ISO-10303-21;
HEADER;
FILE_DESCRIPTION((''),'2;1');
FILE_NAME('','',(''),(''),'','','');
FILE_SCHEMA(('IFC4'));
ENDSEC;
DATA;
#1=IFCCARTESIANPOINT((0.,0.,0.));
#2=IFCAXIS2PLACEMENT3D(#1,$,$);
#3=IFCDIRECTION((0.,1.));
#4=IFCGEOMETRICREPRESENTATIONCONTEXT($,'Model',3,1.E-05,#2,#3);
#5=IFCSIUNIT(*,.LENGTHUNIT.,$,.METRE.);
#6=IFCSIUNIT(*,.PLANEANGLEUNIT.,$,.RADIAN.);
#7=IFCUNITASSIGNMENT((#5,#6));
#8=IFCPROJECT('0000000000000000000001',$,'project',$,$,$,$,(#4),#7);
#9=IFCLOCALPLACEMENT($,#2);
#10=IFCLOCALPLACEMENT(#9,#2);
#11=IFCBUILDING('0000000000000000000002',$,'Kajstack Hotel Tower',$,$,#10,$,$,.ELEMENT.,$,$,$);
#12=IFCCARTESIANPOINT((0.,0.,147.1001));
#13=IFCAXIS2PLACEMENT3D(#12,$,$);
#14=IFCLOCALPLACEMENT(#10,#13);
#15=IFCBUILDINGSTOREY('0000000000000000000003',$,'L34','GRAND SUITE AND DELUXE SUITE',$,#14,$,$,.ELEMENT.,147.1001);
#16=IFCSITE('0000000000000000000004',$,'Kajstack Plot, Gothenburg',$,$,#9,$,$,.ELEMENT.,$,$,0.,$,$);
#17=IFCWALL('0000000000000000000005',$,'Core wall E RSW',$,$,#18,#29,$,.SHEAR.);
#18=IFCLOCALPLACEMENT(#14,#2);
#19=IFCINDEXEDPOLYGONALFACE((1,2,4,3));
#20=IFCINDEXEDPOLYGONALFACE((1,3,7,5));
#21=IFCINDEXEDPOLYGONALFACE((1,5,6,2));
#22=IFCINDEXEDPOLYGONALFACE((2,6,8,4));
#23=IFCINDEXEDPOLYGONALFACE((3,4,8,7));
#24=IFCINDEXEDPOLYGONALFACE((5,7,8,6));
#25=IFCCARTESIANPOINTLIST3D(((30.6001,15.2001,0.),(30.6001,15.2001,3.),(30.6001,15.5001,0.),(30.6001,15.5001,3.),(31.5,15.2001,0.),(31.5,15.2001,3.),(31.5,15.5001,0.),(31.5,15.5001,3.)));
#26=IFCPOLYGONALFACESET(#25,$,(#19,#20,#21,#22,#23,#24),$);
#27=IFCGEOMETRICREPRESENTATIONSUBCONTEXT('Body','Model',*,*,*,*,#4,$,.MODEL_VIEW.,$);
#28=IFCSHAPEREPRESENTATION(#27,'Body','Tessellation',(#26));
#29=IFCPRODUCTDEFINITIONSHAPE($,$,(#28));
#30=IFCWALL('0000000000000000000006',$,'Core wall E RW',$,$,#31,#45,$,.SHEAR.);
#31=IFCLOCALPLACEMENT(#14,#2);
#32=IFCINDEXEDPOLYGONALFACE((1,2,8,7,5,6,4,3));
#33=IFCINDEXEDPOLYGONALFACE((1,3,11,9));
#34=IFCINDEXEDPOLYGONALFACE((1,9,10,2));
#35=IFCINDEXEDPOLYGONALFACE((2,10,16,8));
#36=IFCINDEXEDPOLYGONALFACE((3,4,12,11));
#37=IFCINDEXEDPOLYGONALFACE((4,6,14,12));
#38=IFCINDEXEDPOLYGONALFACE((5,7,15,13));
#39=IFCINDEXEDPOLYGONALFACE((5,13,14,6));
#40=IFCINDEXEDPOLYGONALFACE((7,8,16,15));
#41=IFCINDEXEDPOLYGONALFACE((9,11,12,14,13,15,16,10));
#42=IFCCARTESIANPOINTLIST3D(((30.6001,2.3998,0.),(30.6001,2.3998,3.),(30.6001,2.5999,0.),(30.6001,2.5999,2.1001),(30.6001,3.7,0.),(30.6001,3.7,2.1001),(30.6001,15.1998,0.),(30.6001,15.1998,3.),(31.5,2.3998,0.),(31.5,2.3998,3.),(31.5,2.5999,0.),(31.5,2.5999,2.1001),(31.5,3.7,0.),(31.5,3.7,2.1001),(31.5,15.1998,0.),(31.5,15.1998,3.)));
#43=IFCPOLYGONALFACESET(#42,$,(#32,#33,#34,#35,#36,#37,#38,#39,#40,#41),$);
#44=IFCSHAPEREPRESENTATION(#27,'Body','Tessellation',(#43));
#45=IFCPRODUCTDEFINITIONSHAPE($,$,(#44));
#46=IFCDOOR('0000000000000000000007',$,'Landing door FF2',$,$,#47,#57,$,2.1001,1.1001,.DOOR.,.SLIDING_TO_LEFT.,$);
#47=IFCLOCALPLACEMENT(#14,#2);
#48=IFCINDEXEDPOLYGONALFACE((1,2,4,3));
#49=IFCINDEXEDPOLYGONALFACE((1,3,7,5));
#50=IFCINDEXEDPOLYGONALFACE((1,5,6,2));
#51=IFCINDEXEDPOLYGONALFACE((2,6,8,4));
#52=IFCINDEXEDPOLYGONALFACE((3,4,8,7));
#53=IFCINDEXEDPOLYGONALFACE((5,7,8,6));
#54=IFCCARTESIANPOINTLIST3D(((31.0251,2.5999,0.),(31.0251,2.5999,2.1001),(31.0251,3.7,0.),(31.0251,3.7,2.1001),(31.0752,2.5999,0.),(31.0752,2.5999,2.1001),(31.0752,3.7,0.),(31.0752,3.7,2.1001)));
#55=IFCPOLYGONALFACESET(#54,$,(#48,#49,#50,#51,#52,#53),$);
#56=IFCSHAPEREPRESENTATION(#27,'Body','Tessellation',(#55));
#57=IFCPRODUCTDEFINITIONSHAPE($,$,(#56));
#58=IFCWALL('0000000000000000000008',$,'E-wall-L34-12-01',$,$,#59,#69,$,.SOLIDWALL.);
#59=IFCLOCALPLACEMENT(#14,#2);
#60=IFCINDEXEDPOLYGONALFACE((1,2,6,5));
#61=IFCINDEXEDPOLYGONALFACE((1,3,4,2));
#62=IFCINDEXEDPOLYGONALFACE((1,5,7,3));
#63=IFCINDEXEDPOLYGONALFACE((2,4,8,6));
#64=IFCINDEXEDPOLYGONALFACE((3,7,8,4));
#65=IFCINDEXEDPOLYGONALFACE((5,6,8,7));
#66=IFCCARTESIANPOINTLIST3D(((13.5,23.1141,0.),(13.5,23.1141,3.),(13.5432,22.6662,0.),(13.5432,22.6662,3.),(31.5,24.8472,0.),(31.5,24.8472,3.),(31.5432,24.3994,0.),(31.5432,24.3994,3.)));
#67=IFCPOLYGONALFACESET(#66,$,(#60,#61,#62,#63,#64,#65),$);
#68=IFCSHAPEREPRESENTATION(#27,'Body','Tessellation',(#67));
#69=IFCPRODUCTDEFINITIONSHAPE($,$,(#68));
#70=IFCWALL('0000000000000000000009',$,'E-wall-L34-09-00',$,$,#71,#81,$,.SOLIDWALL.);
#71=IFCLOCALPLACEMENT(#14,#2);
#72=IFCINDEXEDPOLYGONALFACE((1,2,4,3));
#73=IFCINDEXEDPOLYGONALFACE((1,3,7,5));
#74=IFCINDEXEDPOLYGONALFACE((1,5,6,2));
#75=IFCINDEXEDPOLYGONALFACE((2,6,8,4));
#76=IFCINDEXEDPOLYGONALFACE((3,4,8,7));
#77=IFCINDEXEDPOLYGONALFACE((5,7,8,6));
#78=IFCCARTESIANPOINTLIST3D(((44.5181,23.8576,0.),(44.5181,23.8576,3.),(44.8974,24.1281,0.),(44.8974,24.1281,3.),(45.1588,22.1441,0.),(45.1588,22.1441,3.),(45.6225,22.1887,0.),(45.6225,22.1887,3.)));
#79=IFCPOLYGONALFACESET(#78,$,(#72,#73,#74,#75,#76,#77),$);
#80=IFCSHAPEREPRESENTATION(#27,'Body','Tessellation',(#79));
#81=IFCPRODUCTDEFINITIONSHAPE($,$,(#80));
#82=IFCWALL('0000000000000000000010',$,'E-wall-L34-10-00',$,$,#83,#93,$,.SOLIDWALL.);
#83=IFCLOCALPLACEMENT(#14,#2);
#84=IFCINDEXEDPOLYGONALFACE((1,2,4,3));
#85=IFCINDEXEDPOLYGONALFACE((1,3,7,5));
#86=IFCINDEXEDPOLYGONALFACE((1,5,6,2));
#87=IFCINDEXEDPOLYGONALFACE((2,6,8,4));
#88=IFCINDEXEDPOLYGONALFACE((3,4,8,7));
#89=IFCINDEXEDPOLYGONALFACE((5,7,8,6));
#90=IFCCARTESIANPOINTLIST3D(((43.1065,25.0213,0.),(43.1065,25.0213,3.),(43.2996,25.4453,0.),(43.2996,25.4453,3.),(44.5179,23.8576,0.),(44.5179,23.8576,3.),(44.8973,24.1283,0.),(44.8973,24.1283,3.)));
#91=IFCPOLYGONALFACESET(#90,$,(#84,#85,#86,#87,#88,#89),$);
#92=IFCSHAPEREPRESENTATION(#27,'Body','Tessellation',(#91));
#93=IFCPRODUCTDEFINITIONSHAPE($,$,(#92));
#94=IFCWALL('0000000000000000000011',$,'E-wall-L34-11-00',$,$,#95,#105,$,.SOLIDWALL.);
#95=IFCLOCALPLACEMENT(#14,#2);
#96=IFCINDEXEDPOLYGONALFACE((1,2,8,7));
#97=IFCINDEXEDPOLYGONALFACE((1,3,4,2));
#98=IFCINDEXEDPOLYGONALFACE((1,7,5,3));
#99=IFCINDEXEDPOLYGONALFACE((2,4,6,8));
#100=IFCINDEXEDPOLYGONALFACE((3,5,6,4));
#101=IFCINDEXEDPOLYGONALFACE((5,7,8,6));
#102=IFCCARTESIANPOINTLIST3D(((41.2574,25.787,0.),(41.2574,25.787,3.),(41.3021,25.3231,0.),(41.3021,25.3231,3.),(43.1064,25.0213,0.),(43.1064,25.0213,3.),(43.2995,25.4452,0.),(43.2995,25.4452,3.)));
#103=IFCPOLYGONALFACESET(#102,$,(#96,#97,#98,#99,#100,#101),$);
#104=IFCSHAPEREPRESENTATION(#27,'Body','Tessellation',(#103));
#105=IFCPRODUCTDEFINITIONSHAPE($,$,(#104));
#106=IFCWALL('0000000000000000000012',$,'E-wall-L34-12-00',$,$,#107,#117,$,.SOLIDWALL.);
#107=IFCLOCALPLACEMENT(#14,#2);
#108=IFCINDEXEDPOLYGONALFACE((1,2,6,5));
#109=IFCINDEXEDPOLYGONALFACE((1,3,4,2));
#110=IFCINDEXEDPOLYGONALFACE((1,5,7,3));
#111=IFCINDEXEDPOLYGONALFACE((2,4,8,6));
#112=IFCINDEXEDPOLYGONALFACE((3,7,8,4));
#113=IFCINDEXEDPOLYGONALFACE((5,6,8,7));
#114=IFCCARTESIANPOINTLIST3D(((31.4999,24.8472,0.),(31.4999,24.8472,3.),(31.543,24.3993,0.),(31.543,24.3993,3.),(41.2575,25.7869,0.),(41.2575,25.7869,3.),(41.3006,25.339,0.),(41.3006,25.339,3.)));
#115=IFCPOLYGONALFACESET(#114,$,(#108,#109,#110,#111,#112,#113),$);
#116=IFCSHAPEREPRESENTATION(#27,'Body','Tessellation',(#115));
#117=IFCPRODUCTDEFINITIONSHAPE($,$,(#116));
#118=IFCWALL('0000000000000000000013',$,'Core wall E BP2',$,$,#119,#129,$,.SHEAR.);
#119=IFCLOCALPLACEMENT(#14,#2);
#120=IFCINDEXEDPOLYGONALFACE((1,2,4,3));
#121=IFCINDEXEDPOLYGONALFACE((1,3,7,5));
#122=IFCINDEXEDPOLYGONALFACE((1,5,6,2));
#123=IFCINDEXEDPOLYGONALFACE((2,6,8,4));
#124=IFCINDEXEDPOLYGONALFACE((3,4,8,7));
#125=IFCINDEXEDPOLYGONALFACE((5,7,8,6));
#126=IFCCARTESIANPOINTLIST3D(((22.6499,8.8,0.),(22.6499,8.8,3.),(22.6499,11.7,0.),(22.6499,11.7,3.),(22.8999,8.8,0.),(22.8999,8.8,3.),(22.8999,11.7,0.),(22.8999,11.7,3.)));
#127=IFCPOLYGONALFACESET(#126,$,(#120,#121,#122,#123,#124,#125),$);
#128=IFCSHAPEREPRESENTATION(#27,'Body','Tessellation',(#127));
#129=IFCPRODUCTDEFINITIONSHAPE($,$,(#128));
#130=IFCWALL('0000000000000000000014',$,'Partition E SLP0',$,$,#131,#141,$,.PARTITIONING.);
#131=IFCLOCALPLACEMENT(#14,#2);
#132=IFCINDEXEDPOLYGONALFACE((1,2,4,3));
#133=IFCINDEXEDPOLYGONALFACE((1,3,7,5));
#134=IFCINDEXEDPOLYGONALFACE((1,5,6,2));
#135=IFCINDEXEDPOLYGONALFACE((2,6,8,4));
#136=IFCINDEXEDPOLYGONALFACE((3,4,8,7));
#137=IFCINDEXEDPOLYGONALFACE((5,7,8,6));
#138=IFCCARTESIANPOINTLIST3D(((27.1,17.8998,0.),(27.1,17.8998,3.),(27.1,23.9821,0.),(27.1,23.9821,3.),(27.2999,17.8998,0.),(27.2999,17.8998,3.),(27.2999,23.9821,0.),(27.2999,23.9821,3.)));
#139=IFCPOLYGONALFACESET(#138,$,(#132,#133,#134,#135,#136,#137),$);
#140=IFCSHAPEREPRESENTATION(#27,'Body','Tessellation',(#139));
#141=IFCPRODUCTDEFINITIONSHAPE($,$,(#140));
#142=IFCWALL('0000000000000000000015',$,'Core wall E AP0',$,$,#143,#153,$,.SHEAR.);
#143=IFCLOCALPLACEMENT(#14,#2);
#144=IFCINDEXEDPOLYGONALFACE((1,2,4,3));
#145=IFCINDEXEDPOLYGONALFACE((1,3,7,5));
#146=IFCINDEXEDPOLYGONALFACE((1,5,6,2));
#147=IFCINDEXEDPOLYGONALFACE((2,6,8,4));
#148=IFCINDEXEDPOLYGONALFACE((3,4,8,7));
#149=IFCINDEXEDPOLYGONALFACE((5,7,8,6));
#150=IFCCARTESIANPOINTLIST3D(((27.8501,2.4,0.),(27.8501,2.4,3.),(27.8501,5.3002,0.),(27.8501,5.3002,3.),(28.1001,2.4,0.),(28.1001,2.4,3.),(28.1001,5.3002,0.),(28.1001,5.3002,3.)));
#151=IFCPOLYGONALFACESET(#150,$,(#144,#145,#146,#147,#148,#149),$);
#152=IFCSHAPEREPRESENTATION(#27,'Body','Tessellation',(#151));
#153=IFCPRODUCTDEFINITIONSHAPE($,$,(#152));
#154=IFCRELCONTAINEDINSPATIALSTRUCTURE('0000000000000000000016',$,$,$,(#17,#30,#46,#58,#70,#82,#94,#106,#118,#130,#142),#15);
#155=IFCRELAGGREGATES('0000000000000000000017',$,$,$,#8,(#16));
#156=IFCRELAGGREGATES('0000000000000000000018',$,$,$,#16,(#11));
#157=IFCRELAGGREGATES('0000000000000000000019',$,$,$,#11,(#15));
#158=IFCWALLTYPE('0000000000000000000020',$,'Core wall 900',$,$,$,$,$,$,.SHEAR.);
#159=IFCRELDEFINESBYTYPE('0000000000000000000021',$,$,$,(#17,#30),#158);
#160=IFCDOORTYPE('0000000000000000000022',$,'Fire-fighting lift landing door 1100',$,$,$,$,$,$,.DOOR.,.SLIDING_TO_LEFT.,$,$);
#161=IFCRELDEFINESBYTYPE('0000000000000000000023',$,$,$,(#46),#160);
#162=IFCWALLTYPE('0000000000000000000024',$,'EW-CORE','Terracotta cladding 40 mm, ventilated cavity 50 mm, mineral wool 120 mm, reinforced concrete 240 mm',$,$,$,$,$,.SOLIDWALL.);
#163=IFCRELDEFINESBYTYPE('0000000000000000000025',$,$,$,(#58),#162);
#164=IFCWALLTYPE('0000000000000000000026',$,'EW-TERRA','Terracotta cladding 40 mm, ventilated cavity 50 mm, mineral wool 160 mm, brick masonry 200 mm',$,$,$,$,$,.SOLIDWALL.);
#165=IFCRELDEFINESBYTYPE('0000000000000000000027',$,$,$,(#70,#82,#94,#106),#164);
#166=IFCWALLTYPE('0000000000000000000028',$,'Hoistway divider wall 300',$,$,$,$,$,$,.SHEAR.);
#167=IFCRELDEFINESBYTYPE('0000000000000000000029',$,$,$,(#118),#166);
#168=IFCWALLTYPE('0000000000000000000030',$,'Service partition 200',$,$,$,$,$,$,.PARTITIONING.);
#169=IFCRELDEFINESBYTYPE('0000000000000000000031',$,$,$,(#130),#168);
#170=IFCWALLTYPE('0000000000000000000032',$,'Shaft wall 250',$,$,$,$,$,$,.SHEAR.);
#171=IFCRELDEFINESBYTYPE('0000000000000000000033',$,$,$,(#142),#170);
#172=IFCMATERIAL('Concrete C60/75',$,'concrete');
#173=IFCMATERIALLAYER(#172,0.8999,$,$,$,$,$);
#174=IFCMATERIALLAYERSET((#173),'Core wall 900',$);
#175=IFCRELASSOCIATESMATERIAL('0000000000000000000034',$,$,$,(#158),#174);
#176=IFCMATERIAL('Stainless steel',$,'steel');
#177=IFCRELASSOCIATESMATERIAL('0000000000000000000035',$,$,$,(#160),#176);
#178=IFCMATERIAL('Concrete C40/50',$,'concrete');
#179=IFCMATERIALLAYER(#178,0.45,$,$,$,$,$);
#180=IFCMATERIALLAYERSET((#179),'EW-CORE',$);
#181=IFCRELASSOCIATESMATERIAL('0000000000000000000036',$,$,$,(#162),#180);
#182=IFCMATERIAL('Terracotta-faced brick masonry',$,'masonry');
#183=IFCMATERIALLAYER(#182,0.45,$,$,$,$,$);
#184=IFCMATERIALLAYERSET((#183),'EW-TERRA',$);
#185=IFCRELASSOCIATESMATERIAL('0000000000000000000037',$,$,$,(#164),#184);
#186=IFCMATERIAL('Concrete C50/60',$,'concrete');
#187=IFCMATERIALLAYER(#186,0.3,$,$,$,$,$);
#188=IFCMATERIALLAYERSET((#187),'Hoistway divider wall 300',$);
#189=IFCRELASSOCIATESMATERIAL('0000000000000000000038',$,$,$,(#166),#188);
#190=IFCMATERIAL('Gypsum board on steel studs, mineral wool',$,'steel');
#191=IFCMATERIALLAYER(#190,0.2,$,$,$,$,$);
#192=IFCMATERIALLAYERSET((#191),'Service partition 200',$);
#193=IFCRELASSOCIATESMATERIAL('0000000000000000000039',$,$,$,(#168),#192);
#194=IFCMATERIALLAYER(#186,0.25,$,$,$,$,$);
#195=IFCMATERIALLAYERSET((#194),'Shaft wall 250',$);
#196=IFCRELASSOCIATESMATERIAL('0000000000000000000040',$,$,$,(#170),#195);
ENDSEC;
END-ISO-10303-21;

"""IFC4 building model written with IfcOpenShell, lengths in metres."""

from ifc_helpers import new_model, si_unit, direction, frame, frame_2d, origin, place, context, subcontext, project, spatial, polyline, rectangle, outline, extrude, material, layer, layer_set, type_object, element, fill, save


model = new_model("IFC4")

# Units and contexts
model_context = context("Model", 3, precision=1e-05, world=origin(), true_north=direction((0.0, 1.0)))
body_context = subcontext(model_context, "Body", "Model", "MODEL_VIEW")
ifc_project = project(units=[si_unit("LENGTHUNIT", "METRE"), si_unit("PLANEANGLEUNIT", "RADIAN")], contexts=[model_context])

# Site, building, storey
site_placement = place(None, origin())
site = spatial("IfcSite", under=ifc_project, at=site_placement, Name="Kajstack Plot, Gothenburg", CompositionType="ELEMENT", RefElevation=0.0)
building_placement = place(site_placement, origin())
building = spatial("IfcBuilding", under=site, at=building_placement, Name="Kajstack Hotel Tower", CompositionType="ELEMENT")
storey_placement = place(building_placement, frame((0.0, 0.0, 147.1001)))
storey = spatial("IfcBuildingStorey", under=building, at=storey_placement, Name="L34", Description="GRAND SUITE AND DELUXE SUITE", CompositionType="ELEMENT", Elevation=147.1001)

# Wall
ifc_material_1 = material(Name="Concrete C60/75", Category="concrete")
ifc_layer_1 = layer(ifc_material_1, 0.8999)
ifc_layer_set_1 = layer_set([ifc_layer_1], Name="Core wall 900")
wall_type_1 = type_object("IfcWallType", Name="Core wall 900", PredefinedType="SHEAR", material=ifc_layer_set_1)
wall_1_placement = place(storey_placement, frame((30.6001, 15.3501, 0.0), z_axis=(0.0, 0.0, 1.0), x_axis=(1.0, 0.0, 0.0)))
element("IfcWall", 1, at=wall_1_placement, inside=storey, type_object=wall_type_1, Name="Core wall E RSW", PredefinedType="SHEAR", context=body_context, shape_type="SweptSolid", body=[
    extrude(rectangle(XDim=0.8999, YDim=0.3, at=frame_2d((0.45, 0.0))), origin(), (0.0, 0.0, 1.0), 3.0),
])

# Wall, opening, door
wall_2_placement = place(storey_placement, frame((31.05, 2.3999, 0.0), z_axis=(0.0, 0.0, 1.0), x_axis=(0.0, 1.0, 0.0)))
wall_2 = element("IfcWall", 2, at=wall_2_placement, inside=storey, type_object=wall_type_1, Name="Core wall E RW", PredefinedType="SHEAR", context=body_context, shape_type="SweptSolid", body=[
    extrude(rectangle(XDim=12.8, YDim=0.8999, at=frame_2d((6.3999, 0.0))), origin(), (0.0, 0.0, 1.0), 3.0),
])
opening_1_placement = place(wall_2_placement, frame((0.2, 0.0, 0.0)))
opening_1 = element("IfcOpeningElement", 3, at=opening_1_placement, cuts=wall_2, PredefinedType="OPENING", context=body_context, shape_type="SweptSolid", body=[
    extrude(rectangle(XDim=1.1001, YDim=2.1001, at=frame_2d((0.55, 1.05))), frame((0.0, 0.46, 0.0), z_axis=(0.0, -1.0, 0.0), x_axis=(1.0, 0.0, 0.0)), (0.0, 0.0, 1.0), 0.9199),
])
ifc_material_2 = material(Name="Stainless steel", Category="steel")
door_type_1 = type_object("IfcDoorType", Name="Fire-fighting lift landing door 1100", OperationType="SLIDING_TO_LEFT", PredefinedType="DOOR", material=ifc_material_2)
door_1_placement = place(opening_1_placement, origin())
door_1 = element("IfcDoor", 4, at=door_1_placement, inside=storey, type_object=door_type_1, Name="Landing door FF2", OperationType="SLIDING_TO_LEFT", OverallHeight=2.1001, OverallWidth=1.1001, PredefinedType="DOOR", context=body_context, shape_type="SweptSolid", body=[
    extrude(rectangle(XDim=1.1001, YDim=2.1001, at=frame_2d((0.55, 1.05))), frame((0.0, 0.0249, 0.0), z_axis=(0.0, -1.0, 0.0), x_axis=(1.0, 0.0, 0.0)), (0.0, 0.0, 1.0), 0.05),
])
fill(opening_1, door_1)

# Walls
ifc_material_3 = material(Name="Concrete C40/50", Category="concrete")
ifc_layer_2 = layer(ifc_material_3, 0.45)
ifc_layer_set_2 = layer_set([ifc_layer_2], Name="EW-CORE")
wall_type_2 = type_object("IfcWallType", Name="EW-CORE", Description="Terracotta cladding 40 mm, ventilated cavity 50 mm, mineral wool 120 mm, reinforced concrete 240 mm", PredefinedType="SOLIDWALL", material=ifc_layer_set_2)
wall_3_placement = place(storey_placement, frame((31.5215, 24.6233, 0.0), z_axis=(0.0, 0.0, 1.0), x_axis=(-0.995396, -0.095843, 0.0)))
element("IfcWall", 5, at=wall_3_placement, inside=storey, type_object=wall_type_2, Name="E-wall-L34-12-01", PredefinedType="SOLIDWALL", context=body_context, shape_type="SweptSolid", body=[
    extrude(rectangle(XDim=18.0833, YDim=0.45, at=frame_2d((9.0415, 0.0))), origin(), (0.0, 0.0, 1.0), 3.0),
])
ifc_material_4 = material(Name="Terracotta-faced brick masonry", Category="masonry")
ifc_layer_3 = layer(ifc_material_4, 0.45)
ifc_layer_set_3 = layer_set([ifc_layer_3], Name="EW-TERRA")
wall_type_3 = type_object("IfcWallType", Name="EW-TERRA", Description="Terracotta cladding 40 mm, ventilated cavity 50 mm, mineral wool 160 mm, brick masonry 200 mm", PredefinedType="SOLIDWALL", material=ifc_layer_set_3)
wall_4_placement = place(storey_placement, frame((45.4116, 22.1099, 0.0), z_axis=(0.0, 0.0, 1.0), x_axis=(-0.350193, 0.936678, 0.0)))
element("IfcWall", 6, at=wall_4_placement, inside=storey, type_object=wall_type_3, Name="E-wall-L34-09-00", PredefinedType="SOLIDWALL", context=body_context, shape_type="SweptSolid", body=[
    extrude(outline(polyline([(0.0, -0.2251), (2.0706, -0.2251), (1.95, 0.2249), (0.1206, 0.2249), (0.0, -0.2251)])), origin(), (0.0, 0.0, 1.0), 3.0),
])
wall_5_placement = place(storey_placement, frame((44.7542, 23.9546, 0.0), z_axis=(0.0, 0.0, 1.0), x_axis=(-0.771651, 0.636046, 0.0)))
element("IfcWall", 7, at=wall_5_placement, inside=storey, type_object=wall_type_3, Name="E-wall-L34-10-00", PredefinedType="SOLIDWALL", context=body_context, shape_type="SweptSolid", body=[
    extrude(outline(polyline([(0.0, -0.2251), (2.0706, -0.2251), (1.95, 0.2249), (0.1206, 0.2251), (0.0, -0.2251)])), origin(), (0.0, 0.0, 1.0), 3.0),
])
wall_6_placement = place(storey_placement, frame((43.2625, 25.2234, 0.0), z_axis=(0.0, 0.0, 1.0), x_axis=(-0.986298, 0.164973, 0.0)))
element("IfcWall", 8, at=wall_6_placement, inside=storey, type_object=wall_type_3, Name="E-wall-L34-11-00", PredefinedType="SOLIDWALL", context=body_context, shape_type="SweptSolid", body=[
    extrude(outline(polyline([(0.0, -0.2249), (2.0706, -0.2251), (1.95, 0.2251), (0.1206, 0.2251), (0.0, -0.2249)])), origin(), (0.0, 0.0, 1.0), 3.0),
])
wall_7_placement = place(storey_placement, frame((41.2791, 25.563, 0.0), z_axis=(0.0, 0.0, 1.0), x_axis=(-0.995395, -0.095861, 0.0)))
element("IfcWall", 9, at=wall_7_placement, inside=storey, type_object=wall_type_3, Name="E-wall-L34-12-00", PredefinedType="SOLIDWALL", context=body_context, shape_type="SweptSolid", body=[
    extrude(rectangle(XDim=9.8027, YDim=0.45, at=frame_2d((4.9014, 0.0))), origin(), (0.0, 0.0, 1.0), 3.0),
])
ifc_material_5 = material(Name="Concrete C50/60", Category="concrete")
ifc_layer_4 = layer(ifc_material_5, 0.3)
ifc_layer_set_4 = layer_set([ifc_layer_4], Name="Hoistway divider wall 300")
wall_type_4 = type_object("IfcWallType", Name="Hoistway divider wall 300", PredefinedType="SHEAR", material=ifc_layer_set_4)
wall_8_placement = place(storey_placement, frame((22.7749, 8.8, 0.0), z_axis=(0.0, 0.0, 1.0), x_axis=(0.0, 1.0, 0.0)))
element("IfcWall", 10, at=wall_8_placement, inside=storey, type_object=wall_type_4, Name="Core wall E BP2", PredefinedType="SHEAR", context=body_context, shape_type="SweptSolid", body=[
    extrude(rectangle(XDim=2.8999, YDim=0.25, at=frame_2d((1.45, 0.0))), origin(), (0.0, 0.0, 1.0), 3.0),
])
ifc_material_6 = material(Name="Gypsum board on steel studs, mineral wool", Category="steel")
ifc_layer_5 = layer(ifc_material_6, 0.2)
ifc_layer_set_5 = layer_set([ifc_layer_5], Name="Service partition 200")
wall_type_5 = type_object("IfcWallType", Name="Service partition 200", PredefinedType="PARTITIONING", material=ifc_layer_set_5)
wall_9_placement = place(storey_placement, frame((27.2, 17.8999, 0.0), z_axis=(0.0, 0.0, 1.0), x_axis=(0.0, 1.0, 0.0)))
element("IfcWall", 11, at=wall_9_placement, inside=storey, type_object=wall_type_5, Name="Partition E SLP0", PredefinedType="PARTITIONING", context=body_context, shape_type="SweptSolid", body=[
    extrude(rectangle(XDim=6.0823, YDim=0.2, at=frame_2d((3.041, 0.0))), origin(), (0.0, 0.0, 1.0), 3.0),
])
ifc_layer_6 = layer(ifc_material_5, 0.25)
ifc_layer_set_6 = layer_set([ifc_layer_6], Name="Shaft wall 250")
wall_type_6 = type_object("IfcWallType", Name="Shaft wall 250", PredefinedType="SHEAR", material=ifc_layer_set_6)
wall_10_placement = place(storey_placement, frame((27.9751, 2.3999, 0.0), z_axis=(0.0, 0.0, 1.0), x_axis=(0.0, 1.0, 0.0)))
element("IfcWall", 12, at=wall_10_placement, inside=storey, type_object=wall_type_6, Name="Core wall E AP0", PredefinedType="SHEAR", context=body_context, shape_type="SweptSolid", body=[
    extrude(rectangle(XDim=2.9001, YDim=0.25, at=frame_2d((1.4502, 0.0))), origin(), (0.0, 0.0, 1.0), 3.0),
])

save(model, "model.ifc")
